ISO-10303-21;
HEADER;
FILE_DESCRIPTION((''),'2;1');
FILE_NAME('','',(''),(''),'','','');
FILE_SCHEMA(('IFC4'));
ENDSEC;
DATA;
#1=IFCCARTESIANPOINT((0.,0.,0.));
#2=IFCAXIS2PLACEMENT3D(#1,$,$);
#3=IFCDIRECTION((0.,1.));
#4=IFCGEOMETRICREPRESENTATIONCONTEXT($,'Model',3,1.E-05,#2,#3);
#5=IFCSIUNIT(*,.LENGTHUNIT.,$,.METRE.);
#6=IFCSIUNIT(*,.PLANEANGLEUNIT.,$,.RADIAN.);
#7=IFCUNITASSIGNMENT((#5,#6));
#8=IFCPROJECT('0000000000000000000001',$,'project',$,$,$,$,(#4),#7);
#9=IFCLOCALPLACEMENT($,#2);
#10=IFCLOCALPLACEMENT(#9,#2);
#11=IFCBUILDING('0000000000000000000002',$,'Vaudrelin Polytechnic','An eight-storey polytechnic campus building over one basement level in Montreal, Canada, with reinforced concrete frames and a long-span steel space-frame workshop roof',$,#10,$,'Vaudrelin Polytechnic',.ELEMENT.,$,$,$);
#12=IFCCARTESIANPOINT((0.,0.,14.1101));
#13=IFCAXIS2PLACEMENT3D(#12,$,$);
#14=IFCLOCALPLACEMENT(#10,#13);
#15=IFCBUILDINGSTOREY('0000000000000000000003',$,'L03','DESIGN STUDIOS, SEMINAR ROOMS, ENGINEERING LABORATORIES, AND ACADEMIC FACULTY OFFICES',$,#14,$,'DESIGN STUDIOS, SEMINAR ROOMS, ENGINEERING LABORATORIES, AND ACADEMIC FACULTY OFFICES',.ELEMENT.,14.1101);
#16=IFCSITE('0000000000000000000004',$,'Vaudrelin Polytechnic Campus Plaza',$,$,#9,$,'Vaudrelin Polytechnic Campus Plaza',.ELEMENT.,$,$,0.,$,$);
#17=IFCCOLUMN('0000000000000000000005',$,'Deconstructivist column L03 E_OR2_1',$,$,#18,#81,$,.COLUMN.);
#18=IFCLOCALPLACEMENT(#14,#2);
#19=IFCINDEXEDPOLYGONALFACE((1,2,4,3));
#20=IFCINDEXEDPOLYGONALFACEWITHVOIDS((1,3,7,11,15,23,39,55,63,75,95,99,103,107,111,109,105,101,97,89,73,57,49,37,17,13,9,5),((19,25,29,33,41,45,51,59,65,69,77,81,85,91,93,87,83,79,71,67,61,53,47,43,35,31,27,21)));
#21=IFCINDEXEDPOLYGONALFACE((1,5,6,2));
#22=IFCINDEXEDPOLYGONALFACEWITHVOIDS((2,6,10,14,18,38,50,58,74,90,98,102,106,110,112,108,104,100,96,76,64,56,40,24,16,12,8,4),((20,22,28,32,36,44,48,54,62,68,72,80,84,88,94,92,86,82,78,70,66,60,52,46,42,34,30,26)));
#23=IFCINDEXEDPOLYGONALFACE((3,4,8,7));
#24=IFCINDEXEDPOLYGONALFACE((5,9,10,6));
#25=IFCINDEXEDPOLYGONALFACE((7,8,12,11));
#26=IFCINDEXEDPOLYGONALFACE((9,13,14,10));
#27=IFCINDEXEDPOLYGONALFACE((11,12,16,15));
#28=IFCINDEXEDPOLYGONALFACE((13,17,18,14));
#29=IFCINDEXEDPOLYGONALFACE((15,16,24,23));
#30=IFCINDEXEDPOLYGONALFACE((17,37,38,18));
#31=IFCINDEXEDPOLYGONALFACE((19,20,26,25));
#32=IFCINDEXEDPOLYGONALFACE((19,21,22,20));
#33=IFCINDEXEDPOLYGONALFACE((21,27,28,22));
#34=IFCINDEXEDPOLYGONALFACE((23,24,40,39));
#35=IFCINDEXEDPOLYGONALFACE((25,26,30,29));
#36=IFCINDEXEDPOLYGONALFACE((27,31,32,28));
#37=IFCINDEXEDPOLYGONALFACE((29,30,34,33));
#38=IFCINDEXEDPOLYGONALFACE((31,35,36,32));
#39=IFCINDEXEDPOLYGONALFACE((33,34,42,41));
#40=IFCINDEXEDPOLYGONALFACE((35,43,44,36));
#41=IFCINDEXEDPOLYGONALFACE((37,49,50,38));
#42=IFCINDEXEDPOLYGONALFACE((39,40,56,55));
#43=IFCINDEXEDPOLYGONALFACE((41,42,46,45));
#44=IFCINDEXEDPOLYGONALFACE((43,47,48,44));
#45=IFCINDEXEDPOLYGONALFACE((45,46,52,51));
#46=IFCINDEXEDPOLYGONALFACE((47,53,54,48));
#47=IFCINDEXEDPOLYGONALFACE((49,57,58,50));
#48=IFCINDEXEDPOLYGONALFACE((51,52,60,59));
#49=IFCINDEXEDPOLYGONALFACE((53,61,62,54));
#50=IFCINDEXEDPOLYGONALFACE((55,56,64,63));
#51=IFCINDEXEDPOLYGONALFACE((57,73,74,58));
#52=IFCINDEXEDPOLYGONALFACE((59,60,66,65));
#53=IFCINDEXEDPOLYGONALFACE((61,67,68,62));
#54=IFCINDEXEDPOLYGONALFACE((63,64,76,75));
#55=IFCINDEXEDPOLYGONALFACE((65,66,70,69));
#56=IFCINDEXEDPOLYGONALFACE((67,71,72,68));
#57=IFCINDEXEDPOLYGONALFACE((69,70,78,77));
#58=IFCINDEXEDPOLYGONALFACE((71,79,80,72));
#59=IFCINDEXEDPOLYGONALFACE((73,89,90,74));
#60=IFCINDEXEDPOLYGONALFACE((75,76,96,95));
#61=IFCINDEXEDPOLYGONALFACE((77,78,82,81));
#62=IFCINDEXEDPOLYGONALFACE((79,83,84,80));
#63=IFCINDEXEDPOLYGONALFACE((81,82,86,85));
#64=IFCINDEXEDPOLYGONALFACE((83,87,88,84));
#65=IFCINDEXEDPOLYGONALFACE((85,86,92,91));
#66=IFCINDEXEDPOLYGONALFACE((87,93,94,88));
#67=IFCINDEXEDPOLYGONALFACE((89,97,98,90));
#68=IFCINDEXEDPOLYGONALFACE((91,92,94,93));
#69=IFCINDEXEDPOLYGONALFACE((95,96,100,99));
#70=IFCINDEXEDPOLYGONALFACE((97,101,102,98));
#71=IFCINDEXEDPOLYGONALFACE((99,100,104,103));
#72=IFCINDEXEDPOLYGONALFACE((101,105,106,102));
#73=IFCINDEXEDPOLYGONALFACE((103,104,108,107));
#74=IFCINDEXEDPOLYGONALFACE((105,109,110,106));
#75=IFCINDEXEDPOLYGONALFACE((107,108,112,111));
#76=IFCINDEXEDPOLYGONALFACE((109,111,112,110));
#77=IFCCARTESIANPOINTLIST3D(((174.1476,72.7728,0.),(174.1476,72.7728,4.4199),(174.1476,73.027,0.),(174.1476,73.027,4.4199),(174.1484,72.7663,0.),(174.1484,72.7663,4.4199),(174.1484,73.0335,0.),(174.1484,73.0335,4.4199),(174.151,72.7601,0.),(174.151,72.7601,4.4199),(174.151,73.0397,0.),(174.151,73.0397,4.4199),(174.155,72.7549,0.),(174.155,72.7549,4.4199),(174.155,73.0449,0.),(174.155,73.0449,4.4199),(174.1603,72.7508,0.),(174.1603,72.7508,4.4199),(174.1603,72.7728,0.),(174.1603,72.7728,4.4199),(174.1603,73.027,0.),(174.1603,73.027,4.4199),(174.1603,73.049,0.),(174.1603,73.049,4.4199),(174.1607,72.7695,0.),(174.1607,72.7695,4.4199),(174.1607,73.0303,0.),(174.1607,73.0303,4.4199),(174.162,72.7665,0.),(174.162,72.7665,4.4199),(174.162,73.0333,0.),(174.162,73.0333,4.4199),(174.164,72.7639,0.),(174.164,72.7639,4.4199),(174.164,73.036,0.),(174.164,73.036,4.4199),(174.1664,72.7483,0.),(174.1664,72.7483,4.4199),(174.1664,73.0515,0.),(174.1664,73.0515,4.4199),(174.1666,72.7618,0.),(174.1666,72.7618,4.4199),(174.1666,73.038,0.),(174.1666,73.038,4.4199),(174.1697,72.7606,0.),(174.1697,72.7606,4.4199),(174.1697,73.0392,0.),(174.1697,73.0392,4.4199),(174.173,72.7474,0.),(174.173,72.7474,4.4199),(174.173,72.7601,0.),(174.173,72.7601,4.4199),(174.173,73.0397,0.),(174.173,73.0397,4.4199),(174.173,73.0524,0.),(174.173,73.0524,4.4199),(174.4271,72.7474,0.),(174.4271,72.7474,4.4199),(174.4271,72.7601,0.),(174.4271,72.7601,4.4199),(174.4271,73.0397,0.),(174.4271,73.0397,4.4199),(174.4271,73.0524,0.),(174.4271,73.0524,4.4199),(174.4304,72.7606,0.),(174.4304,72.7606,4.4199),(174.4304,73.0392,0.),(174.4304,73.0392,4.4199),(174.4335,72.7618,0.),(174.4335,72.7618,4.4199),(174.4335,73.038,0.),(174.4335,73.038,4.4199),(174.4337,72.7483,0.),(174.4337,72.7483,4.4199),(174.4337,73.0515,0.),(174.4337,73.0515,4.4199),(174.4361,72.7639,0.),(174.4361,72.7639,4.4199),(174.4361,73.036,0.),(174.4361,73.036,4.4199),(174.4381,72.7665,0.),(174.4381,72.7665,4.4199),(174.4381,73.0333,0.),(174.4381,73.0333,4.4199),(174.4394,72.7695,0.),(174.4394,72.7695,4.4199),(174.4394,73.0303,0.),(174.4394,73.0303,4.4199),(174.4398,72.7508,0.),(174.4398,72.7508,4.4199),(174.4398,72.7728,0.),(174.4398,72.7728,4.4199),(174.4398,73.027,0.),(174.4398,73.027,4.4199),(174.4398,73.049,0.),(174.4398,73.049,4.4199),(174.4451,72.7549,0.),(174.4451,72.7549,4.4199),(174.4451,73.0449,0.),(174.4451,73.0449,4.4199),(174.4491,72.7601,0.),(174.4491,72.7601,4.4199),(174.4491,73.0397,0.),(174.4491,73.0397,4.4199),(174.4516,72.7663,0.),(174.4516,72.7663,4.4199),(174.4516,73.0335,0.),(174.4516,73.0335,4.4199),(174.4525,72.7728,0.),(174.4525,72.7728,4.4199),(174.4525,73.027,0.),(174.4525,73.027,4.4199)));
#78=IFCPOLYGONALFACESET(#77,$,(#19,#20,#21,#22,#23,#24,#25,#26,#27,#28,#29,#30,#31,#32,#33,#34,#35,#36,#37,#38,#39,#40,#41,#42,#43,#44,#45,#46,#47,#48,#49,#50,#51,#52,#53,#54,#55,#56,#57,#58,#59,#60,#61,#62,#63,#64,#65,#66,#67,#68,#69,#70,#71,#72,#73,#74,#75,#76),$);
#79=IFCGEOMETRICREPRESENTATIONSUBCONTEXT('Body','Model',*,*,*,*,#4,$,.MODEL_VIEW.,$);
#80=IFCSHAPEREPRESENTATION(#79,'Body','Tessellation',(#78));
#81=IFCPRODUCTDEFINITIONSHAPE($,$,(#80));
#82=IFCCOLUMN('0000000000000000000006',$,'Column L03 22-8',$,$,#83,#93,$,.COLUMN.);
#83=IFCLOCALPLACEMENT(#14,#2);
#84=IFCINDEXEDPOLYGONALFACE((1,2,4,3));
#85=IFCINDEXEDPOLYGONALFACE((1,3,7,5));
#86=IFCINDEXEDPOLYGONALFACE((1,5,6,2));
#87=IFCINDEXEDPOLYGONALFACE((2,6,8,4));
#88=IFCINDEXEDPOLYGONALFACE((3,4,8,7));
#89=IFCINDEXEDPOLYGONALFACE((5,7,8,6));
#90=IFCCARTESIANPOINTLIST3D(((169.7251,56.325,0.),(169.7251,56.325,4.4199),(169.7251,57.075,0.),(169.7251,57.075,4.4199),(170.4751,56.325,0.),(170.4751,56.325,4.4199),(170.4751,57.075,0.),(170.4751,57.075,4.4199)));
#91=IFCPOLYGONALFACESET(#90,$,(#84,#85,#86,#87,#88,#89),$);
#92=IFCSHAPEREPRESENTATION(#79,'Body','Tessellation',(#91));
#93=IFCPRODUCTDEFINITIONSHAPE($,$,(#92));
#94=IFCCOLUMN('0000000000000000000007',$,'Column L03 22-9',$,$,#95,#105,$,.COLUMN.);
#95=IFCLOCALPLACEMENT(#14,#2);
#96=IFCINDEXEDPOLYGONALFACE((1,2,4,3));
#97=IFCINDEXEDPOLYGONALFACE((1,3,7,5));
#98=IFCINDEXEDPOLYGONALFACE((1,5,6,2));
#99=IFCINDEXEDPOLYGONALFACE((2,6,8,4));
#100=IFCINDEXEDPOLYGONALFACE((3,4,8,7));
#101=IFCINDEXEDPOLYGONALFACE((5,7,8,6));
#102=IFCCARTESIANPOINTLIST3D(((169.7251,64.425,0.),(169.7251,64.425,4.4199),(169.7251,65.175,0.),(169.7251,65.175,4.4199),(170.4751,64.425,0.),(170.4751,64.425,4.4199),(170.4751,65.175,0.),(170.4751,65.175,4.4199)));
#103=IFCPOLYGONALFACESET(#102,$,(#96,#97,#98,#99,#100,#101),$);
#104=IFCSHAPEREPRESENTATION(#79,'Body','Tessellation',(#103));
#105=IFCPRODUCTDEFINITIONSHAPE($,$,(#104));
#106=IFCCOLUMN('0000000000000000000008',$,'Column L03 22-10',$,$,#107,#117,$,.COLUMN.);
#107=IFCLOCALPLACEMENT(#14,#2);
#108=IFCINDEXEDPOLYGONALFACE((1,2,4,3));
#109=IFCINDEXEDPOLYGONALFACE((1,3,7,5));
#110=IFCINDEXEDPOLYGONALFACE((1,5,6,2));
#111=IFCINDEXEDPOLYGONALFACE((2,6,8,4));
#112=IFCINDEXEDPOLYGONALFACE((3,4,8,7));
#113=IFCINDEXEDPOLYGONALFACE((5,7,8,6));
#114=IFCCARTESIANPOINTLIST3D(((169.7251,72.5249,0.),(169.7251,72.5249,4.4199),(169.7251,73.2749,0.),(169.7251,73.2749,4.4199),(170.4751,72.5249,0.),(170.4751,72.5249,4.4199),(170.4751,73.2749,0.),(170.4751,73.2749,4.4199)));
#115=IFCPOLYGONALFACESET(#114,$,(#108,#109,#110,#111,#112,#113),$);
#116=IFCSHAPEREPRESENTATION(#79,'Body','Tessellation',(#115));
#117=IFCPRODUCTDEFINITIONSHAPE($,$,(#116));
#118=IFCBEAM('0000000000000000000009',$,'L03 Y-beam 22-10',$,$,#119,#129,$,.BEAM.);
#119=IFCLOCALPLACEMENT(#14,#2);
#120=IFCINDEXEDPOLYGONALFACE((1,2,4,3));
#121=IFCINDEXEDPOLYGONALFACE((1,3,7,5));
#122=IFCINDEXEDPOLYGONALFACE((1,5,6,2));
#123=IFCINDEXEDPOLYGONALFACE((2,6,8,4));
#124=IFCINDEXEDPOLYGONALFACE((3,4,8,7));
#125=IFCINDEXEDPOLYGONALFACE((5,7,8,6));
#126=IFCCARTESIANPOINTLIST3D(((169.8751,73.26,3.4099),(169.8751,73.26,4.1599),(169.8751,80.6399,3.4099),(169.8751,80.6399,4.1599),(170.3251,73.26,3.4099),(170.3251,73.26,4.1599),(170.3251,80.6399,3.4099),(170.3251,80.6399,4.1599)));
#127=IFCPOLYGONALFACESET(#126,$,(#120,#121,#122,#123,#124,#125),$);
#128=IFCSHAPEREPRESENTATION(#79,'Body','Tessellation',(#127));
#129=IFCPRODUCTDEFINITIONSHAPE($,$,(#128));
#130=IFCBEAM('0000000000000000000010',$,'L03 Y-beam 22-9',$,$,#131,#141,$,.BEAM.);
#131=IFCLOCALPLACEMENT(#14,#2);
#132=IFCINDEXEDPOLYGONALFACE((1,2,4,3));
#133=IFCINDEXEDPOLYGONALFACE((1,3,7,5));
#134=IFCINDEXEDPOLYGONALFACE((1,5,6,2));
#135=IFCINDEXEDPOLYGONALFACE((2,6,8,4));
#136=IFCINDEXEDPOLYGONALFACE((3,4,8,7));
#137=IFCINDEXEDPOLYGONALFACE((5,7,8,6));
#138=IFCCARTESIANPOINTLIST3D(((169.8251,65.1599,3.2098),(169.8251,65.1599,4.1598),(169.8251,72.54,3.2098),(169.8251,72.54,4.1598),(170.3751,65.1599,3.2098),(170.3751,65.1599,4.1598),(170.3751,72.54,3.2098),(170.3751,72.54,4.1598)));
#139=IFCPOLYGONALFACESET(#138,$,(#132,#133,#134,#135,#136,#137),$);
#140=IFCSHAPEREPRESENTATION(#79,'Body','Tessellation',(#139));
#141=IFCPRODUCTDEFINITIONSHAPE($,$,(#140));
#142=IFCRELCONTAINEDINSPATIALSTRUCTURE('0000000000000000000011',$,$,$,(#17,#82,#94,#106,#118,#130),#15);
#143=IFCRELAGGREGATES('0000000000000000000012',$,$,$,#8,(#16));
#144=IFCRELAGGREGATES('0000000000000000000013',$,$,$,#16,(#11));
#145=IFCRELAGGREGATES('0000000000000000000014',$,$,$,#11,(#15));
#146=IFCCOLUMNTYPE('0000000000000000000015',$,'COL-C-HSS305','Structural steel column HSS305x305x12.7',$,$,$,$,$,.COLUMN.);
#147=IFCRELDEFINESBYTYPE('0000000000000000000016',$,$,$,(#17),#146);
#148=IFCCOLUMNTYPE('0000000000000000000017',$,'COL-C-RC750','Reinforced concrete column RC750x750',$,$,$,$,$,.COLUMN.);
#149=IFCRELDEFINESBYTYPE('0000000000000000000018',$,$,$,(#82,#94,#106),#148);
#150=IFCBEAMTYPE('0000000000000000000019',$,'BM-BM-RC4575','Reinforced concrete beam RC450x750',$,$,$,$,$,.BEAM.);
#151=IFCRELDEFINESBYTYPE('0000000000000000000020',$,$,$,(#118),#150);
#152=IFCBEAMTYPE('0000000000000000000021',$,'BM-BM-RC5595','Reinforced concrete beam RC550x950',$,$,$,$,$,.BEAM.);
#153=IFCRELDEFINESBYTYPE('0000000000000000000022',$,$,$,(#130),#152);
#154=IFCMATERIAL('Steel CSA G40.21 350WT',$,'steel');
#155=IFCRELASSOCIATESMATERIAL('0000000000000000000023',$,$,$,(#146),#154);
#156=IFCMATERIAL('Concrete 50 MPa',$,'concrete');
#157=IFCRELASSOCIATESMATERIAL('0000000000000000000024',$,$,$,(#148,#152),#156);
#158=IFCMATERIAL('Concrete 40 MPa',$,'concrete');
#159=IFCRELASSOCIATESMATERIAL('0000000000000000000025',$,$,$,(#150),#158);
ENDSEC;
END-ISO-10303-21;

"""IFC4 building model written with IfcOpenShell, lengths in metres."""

from ifc_helpers import new_model, si_unit, direction, frame, origin, origin_2d, place, context, subcontext, project, spatial, rectangle, hollow_rectangle, extrude, material, material_profile, profile_set, type_object, element, save


model = new_model("IFC4")

# Units and contexts
model_context = context("Model", 3, precision=1e-05, world=origin(), true_north=direction((0.0, 1.0)))
body_context = subcontext(model_context, "Body", "Model", "MODEL_VIEW")
ifc_project = project(units=[si_unit("LENGTHUNIT", "METRE"), si_unit("PLANEANGLEUNIT", "RADIAN")], contexts=[model_context])

# Site, building, storey
site_placement = place(None, origin())
site = spatial("IfcSite", under=ifc_project, at=site_placement, Name="Vaudrelin Polytechnic Campus Plaza", LongName="Vaudrelin Polytechnic Campus Plaza", CompositionType="ELEMENT", RefElevation=0.0)
building_placement = place(site_placement, origin())
building = spatial("IfcBuilding", under=site, at=building_placement, Name="Vaudrelin Polytechnic", Description="An eight-storey polytechnic campus building over one basement level in Montreal, Canada, with reinforced concrete frames and a long-span steel space-frame workshop roof", LongName="Vaudrelin Polytechnic", CompositionType="ELEMENT")
storey_placement = place(building_placement, frame((0.0, 0.0, 14.1101)))
storey = spatial("IfcBuildingStorey", under=building, at=storey_placement, Name="L03", Description="DESIGN STUDIOS, SEMINAR ROOMS, ENGINEERING LABORATORIES, AND ACADEMIC FACULTY OFFICES", LongName="DESIGN STUDIOS, SEMINAR ROOMS, ENGINEERING LABORATORIES, AND ACADEMIC FACULTY OFFICES", CompositionType="ELEMENT", Elevation=14.1101)

# Columns
ifc_material_1 = material(Name="Steel CSA G40.21 350WT", Category="steel")
ifc_material_profile_1 = material_profile(ifc_material_1, hollow_rectangle(XDim=0.3049, YDim=0.3049, WallThickness=0.0127, InnerFilletRadius=0.0127, OuterFilletRadius=0.0254, at=origin_2d()), Name="HSS305x305x12.7")
ifc_profile_set_1 = profile_set([ifc_material_profile_1], Name="Steel CSA G40.21 350WT")
column_type_1 = type_object("IfcColumnType", Name="COL-C-HSS305", Description="Structural steel column HSS305x305x12.7", PredefinedType="COLUMN", material=ifc_profile_set_1)
column_placement = place(storey_placement, frame((174.3, 72.8999, 0.0), z_axis=(0.0, 0.0, 1.0), x_axis=(1.0, 0.0, 0.0)))
element("IfcColumn", 1, at=column_placement, inside=storey, type_object=column_type_1, Name="Deconstructivist column L03 E_OR2_1", PredefinedType="COLUMN", context=body_context, shape_type="SweptSolid", body=[
    extrude(hollow_rectangle(XDim=0.3049, YDim=0.3049, WallThickness=0.0127, InnerFilletRadius=0.0127, OuterFilletRadius=0.0254, at=origin_2d()), origin(), (0.0, 0.0, 1.0), 4.4199),
])
ifc_material_2 = material(Name="Concrete 50 MPa", Category="concrete")
ifc_material_profile_2 = material_profile(ifc_material_2, rectangle(XDim=0.75, YDim=0.75, at=origin_2d()), Name="RC750x750")
ifc_profile_set_2 = profile_set([ifc_material_profile_2], Name="Concrete 50 MPa")
column_type_2 = type_object("IfcColumnType", Name="COL-C-RC750", Description="Reinforced concrete column RC750x750", PredefinedType="COLUMN", material=ifc_profile_set_2)
for number, where, z_axis, x_axis, name in (
    (2, (170.1001, 56.7, 0.0), (0.0, 0.0, 1.0), (1.0, 0.0, 0.0), "Column L03 22-8"),
    (3, (170.1001, 64.8, 0.0), (0.0, 0.0, 1.0), (1.0, 0.0, 0.0), "Column L03 22-9"),
    (4, (170.1001, 72.8999, 0.0), (0.0, 0.0, 1.0), (1.0, 0.0, 0.0), "Column L03 22-10"),
):
    element("IfcColumn", number, at=place(storey_placement, frame(where, z_axis=z_axis, x_axis=x_axis)), inside=storey, type_object=column_type_2, Name=name, PredefinedType="COLUMN", context=body_context, shape_type="SweptSolid", body=[
        extrude(rectangle(XDim=0.75, YDim=0.75, at=origin_2d()), origin(), (0.0, 0.0, 1.0), 4.4199),
    ])

# Beams
ifc_material_3 = material(Name="Concrete 40 MPa", Category="concrete")
ifc_material_profile_3 = material_profile(ifc_material_3, rectangle(XDim=0.45, YDim=0.75, at=origin_2d()), Name="RC450x750")
ifc_profile_set_3 = profile_set([ifc_material_profile_3], Name="Concrete 40 MPa")
beam_type_1 = type_object("IfcBeamType", Name="BM-BM-RC4575", Description="Reinforced concrete beam RC450x750", PredefinedType="BEAM", material=ifc_profile_set_3)
beam_1_placement = place(storey_placement, frame((170.1001, 73.26, 3.7849), z_axis=(0.0, 1.0, 0.0), x_axis=(-1.0, 0.0, 0.0)))
element("IfcBeam", 5, at=beam_1_placement, inside=storey, type_object=beam_type_1, Name="L03 Y-beam 22-10", PredefinedType="BEAM", context=body_context, shape_type="SweptSolid", body=[
    extrude(rectangle(XDim=0.45, YDim=0.75, at=origin_2d()), origin(), (0.0, 0.0, 1.0), 7.3799),
])
ifc_material_profile_4 = material_profile(ifc_material_2, rectangle(XDim=0.55, YDim=0.95, at=origin_2d()), Name="RC550x950")
ifc_profile_set_4 = profile_set([ifc_material_profile_4], Name="Concrete 50 MPa")
beam_type_2 = type_object("IfcBeamType", Name="BM-BM-RC5595", Description="Reinforced concrete beam RC550x950", PredefinedType="BEAM", material=ifc_profile_set_4)
beam_2_placement = place(storey_placement, frame((170.1001, 65.1599, 3.6848), z_axis=(0.0, 1.0, 0.0), x_axis=(-1.0, 0.0, 0.0)))
element("IfcBeam", 6, at=beam_2_placement, inside=storey, type_object=beam_type_2, Name="L03 Y-beam 22-9", PredefinedType="BEAM", context=body_context, shape_type="SweptSolid", body=[
    extrude(rectangle(XDim=0.55, YDim=0.95, at=origin_2d()), origin(), (0.0, 0.0, 1.0), 7.3801),
])

save(model, "model.ifc")
